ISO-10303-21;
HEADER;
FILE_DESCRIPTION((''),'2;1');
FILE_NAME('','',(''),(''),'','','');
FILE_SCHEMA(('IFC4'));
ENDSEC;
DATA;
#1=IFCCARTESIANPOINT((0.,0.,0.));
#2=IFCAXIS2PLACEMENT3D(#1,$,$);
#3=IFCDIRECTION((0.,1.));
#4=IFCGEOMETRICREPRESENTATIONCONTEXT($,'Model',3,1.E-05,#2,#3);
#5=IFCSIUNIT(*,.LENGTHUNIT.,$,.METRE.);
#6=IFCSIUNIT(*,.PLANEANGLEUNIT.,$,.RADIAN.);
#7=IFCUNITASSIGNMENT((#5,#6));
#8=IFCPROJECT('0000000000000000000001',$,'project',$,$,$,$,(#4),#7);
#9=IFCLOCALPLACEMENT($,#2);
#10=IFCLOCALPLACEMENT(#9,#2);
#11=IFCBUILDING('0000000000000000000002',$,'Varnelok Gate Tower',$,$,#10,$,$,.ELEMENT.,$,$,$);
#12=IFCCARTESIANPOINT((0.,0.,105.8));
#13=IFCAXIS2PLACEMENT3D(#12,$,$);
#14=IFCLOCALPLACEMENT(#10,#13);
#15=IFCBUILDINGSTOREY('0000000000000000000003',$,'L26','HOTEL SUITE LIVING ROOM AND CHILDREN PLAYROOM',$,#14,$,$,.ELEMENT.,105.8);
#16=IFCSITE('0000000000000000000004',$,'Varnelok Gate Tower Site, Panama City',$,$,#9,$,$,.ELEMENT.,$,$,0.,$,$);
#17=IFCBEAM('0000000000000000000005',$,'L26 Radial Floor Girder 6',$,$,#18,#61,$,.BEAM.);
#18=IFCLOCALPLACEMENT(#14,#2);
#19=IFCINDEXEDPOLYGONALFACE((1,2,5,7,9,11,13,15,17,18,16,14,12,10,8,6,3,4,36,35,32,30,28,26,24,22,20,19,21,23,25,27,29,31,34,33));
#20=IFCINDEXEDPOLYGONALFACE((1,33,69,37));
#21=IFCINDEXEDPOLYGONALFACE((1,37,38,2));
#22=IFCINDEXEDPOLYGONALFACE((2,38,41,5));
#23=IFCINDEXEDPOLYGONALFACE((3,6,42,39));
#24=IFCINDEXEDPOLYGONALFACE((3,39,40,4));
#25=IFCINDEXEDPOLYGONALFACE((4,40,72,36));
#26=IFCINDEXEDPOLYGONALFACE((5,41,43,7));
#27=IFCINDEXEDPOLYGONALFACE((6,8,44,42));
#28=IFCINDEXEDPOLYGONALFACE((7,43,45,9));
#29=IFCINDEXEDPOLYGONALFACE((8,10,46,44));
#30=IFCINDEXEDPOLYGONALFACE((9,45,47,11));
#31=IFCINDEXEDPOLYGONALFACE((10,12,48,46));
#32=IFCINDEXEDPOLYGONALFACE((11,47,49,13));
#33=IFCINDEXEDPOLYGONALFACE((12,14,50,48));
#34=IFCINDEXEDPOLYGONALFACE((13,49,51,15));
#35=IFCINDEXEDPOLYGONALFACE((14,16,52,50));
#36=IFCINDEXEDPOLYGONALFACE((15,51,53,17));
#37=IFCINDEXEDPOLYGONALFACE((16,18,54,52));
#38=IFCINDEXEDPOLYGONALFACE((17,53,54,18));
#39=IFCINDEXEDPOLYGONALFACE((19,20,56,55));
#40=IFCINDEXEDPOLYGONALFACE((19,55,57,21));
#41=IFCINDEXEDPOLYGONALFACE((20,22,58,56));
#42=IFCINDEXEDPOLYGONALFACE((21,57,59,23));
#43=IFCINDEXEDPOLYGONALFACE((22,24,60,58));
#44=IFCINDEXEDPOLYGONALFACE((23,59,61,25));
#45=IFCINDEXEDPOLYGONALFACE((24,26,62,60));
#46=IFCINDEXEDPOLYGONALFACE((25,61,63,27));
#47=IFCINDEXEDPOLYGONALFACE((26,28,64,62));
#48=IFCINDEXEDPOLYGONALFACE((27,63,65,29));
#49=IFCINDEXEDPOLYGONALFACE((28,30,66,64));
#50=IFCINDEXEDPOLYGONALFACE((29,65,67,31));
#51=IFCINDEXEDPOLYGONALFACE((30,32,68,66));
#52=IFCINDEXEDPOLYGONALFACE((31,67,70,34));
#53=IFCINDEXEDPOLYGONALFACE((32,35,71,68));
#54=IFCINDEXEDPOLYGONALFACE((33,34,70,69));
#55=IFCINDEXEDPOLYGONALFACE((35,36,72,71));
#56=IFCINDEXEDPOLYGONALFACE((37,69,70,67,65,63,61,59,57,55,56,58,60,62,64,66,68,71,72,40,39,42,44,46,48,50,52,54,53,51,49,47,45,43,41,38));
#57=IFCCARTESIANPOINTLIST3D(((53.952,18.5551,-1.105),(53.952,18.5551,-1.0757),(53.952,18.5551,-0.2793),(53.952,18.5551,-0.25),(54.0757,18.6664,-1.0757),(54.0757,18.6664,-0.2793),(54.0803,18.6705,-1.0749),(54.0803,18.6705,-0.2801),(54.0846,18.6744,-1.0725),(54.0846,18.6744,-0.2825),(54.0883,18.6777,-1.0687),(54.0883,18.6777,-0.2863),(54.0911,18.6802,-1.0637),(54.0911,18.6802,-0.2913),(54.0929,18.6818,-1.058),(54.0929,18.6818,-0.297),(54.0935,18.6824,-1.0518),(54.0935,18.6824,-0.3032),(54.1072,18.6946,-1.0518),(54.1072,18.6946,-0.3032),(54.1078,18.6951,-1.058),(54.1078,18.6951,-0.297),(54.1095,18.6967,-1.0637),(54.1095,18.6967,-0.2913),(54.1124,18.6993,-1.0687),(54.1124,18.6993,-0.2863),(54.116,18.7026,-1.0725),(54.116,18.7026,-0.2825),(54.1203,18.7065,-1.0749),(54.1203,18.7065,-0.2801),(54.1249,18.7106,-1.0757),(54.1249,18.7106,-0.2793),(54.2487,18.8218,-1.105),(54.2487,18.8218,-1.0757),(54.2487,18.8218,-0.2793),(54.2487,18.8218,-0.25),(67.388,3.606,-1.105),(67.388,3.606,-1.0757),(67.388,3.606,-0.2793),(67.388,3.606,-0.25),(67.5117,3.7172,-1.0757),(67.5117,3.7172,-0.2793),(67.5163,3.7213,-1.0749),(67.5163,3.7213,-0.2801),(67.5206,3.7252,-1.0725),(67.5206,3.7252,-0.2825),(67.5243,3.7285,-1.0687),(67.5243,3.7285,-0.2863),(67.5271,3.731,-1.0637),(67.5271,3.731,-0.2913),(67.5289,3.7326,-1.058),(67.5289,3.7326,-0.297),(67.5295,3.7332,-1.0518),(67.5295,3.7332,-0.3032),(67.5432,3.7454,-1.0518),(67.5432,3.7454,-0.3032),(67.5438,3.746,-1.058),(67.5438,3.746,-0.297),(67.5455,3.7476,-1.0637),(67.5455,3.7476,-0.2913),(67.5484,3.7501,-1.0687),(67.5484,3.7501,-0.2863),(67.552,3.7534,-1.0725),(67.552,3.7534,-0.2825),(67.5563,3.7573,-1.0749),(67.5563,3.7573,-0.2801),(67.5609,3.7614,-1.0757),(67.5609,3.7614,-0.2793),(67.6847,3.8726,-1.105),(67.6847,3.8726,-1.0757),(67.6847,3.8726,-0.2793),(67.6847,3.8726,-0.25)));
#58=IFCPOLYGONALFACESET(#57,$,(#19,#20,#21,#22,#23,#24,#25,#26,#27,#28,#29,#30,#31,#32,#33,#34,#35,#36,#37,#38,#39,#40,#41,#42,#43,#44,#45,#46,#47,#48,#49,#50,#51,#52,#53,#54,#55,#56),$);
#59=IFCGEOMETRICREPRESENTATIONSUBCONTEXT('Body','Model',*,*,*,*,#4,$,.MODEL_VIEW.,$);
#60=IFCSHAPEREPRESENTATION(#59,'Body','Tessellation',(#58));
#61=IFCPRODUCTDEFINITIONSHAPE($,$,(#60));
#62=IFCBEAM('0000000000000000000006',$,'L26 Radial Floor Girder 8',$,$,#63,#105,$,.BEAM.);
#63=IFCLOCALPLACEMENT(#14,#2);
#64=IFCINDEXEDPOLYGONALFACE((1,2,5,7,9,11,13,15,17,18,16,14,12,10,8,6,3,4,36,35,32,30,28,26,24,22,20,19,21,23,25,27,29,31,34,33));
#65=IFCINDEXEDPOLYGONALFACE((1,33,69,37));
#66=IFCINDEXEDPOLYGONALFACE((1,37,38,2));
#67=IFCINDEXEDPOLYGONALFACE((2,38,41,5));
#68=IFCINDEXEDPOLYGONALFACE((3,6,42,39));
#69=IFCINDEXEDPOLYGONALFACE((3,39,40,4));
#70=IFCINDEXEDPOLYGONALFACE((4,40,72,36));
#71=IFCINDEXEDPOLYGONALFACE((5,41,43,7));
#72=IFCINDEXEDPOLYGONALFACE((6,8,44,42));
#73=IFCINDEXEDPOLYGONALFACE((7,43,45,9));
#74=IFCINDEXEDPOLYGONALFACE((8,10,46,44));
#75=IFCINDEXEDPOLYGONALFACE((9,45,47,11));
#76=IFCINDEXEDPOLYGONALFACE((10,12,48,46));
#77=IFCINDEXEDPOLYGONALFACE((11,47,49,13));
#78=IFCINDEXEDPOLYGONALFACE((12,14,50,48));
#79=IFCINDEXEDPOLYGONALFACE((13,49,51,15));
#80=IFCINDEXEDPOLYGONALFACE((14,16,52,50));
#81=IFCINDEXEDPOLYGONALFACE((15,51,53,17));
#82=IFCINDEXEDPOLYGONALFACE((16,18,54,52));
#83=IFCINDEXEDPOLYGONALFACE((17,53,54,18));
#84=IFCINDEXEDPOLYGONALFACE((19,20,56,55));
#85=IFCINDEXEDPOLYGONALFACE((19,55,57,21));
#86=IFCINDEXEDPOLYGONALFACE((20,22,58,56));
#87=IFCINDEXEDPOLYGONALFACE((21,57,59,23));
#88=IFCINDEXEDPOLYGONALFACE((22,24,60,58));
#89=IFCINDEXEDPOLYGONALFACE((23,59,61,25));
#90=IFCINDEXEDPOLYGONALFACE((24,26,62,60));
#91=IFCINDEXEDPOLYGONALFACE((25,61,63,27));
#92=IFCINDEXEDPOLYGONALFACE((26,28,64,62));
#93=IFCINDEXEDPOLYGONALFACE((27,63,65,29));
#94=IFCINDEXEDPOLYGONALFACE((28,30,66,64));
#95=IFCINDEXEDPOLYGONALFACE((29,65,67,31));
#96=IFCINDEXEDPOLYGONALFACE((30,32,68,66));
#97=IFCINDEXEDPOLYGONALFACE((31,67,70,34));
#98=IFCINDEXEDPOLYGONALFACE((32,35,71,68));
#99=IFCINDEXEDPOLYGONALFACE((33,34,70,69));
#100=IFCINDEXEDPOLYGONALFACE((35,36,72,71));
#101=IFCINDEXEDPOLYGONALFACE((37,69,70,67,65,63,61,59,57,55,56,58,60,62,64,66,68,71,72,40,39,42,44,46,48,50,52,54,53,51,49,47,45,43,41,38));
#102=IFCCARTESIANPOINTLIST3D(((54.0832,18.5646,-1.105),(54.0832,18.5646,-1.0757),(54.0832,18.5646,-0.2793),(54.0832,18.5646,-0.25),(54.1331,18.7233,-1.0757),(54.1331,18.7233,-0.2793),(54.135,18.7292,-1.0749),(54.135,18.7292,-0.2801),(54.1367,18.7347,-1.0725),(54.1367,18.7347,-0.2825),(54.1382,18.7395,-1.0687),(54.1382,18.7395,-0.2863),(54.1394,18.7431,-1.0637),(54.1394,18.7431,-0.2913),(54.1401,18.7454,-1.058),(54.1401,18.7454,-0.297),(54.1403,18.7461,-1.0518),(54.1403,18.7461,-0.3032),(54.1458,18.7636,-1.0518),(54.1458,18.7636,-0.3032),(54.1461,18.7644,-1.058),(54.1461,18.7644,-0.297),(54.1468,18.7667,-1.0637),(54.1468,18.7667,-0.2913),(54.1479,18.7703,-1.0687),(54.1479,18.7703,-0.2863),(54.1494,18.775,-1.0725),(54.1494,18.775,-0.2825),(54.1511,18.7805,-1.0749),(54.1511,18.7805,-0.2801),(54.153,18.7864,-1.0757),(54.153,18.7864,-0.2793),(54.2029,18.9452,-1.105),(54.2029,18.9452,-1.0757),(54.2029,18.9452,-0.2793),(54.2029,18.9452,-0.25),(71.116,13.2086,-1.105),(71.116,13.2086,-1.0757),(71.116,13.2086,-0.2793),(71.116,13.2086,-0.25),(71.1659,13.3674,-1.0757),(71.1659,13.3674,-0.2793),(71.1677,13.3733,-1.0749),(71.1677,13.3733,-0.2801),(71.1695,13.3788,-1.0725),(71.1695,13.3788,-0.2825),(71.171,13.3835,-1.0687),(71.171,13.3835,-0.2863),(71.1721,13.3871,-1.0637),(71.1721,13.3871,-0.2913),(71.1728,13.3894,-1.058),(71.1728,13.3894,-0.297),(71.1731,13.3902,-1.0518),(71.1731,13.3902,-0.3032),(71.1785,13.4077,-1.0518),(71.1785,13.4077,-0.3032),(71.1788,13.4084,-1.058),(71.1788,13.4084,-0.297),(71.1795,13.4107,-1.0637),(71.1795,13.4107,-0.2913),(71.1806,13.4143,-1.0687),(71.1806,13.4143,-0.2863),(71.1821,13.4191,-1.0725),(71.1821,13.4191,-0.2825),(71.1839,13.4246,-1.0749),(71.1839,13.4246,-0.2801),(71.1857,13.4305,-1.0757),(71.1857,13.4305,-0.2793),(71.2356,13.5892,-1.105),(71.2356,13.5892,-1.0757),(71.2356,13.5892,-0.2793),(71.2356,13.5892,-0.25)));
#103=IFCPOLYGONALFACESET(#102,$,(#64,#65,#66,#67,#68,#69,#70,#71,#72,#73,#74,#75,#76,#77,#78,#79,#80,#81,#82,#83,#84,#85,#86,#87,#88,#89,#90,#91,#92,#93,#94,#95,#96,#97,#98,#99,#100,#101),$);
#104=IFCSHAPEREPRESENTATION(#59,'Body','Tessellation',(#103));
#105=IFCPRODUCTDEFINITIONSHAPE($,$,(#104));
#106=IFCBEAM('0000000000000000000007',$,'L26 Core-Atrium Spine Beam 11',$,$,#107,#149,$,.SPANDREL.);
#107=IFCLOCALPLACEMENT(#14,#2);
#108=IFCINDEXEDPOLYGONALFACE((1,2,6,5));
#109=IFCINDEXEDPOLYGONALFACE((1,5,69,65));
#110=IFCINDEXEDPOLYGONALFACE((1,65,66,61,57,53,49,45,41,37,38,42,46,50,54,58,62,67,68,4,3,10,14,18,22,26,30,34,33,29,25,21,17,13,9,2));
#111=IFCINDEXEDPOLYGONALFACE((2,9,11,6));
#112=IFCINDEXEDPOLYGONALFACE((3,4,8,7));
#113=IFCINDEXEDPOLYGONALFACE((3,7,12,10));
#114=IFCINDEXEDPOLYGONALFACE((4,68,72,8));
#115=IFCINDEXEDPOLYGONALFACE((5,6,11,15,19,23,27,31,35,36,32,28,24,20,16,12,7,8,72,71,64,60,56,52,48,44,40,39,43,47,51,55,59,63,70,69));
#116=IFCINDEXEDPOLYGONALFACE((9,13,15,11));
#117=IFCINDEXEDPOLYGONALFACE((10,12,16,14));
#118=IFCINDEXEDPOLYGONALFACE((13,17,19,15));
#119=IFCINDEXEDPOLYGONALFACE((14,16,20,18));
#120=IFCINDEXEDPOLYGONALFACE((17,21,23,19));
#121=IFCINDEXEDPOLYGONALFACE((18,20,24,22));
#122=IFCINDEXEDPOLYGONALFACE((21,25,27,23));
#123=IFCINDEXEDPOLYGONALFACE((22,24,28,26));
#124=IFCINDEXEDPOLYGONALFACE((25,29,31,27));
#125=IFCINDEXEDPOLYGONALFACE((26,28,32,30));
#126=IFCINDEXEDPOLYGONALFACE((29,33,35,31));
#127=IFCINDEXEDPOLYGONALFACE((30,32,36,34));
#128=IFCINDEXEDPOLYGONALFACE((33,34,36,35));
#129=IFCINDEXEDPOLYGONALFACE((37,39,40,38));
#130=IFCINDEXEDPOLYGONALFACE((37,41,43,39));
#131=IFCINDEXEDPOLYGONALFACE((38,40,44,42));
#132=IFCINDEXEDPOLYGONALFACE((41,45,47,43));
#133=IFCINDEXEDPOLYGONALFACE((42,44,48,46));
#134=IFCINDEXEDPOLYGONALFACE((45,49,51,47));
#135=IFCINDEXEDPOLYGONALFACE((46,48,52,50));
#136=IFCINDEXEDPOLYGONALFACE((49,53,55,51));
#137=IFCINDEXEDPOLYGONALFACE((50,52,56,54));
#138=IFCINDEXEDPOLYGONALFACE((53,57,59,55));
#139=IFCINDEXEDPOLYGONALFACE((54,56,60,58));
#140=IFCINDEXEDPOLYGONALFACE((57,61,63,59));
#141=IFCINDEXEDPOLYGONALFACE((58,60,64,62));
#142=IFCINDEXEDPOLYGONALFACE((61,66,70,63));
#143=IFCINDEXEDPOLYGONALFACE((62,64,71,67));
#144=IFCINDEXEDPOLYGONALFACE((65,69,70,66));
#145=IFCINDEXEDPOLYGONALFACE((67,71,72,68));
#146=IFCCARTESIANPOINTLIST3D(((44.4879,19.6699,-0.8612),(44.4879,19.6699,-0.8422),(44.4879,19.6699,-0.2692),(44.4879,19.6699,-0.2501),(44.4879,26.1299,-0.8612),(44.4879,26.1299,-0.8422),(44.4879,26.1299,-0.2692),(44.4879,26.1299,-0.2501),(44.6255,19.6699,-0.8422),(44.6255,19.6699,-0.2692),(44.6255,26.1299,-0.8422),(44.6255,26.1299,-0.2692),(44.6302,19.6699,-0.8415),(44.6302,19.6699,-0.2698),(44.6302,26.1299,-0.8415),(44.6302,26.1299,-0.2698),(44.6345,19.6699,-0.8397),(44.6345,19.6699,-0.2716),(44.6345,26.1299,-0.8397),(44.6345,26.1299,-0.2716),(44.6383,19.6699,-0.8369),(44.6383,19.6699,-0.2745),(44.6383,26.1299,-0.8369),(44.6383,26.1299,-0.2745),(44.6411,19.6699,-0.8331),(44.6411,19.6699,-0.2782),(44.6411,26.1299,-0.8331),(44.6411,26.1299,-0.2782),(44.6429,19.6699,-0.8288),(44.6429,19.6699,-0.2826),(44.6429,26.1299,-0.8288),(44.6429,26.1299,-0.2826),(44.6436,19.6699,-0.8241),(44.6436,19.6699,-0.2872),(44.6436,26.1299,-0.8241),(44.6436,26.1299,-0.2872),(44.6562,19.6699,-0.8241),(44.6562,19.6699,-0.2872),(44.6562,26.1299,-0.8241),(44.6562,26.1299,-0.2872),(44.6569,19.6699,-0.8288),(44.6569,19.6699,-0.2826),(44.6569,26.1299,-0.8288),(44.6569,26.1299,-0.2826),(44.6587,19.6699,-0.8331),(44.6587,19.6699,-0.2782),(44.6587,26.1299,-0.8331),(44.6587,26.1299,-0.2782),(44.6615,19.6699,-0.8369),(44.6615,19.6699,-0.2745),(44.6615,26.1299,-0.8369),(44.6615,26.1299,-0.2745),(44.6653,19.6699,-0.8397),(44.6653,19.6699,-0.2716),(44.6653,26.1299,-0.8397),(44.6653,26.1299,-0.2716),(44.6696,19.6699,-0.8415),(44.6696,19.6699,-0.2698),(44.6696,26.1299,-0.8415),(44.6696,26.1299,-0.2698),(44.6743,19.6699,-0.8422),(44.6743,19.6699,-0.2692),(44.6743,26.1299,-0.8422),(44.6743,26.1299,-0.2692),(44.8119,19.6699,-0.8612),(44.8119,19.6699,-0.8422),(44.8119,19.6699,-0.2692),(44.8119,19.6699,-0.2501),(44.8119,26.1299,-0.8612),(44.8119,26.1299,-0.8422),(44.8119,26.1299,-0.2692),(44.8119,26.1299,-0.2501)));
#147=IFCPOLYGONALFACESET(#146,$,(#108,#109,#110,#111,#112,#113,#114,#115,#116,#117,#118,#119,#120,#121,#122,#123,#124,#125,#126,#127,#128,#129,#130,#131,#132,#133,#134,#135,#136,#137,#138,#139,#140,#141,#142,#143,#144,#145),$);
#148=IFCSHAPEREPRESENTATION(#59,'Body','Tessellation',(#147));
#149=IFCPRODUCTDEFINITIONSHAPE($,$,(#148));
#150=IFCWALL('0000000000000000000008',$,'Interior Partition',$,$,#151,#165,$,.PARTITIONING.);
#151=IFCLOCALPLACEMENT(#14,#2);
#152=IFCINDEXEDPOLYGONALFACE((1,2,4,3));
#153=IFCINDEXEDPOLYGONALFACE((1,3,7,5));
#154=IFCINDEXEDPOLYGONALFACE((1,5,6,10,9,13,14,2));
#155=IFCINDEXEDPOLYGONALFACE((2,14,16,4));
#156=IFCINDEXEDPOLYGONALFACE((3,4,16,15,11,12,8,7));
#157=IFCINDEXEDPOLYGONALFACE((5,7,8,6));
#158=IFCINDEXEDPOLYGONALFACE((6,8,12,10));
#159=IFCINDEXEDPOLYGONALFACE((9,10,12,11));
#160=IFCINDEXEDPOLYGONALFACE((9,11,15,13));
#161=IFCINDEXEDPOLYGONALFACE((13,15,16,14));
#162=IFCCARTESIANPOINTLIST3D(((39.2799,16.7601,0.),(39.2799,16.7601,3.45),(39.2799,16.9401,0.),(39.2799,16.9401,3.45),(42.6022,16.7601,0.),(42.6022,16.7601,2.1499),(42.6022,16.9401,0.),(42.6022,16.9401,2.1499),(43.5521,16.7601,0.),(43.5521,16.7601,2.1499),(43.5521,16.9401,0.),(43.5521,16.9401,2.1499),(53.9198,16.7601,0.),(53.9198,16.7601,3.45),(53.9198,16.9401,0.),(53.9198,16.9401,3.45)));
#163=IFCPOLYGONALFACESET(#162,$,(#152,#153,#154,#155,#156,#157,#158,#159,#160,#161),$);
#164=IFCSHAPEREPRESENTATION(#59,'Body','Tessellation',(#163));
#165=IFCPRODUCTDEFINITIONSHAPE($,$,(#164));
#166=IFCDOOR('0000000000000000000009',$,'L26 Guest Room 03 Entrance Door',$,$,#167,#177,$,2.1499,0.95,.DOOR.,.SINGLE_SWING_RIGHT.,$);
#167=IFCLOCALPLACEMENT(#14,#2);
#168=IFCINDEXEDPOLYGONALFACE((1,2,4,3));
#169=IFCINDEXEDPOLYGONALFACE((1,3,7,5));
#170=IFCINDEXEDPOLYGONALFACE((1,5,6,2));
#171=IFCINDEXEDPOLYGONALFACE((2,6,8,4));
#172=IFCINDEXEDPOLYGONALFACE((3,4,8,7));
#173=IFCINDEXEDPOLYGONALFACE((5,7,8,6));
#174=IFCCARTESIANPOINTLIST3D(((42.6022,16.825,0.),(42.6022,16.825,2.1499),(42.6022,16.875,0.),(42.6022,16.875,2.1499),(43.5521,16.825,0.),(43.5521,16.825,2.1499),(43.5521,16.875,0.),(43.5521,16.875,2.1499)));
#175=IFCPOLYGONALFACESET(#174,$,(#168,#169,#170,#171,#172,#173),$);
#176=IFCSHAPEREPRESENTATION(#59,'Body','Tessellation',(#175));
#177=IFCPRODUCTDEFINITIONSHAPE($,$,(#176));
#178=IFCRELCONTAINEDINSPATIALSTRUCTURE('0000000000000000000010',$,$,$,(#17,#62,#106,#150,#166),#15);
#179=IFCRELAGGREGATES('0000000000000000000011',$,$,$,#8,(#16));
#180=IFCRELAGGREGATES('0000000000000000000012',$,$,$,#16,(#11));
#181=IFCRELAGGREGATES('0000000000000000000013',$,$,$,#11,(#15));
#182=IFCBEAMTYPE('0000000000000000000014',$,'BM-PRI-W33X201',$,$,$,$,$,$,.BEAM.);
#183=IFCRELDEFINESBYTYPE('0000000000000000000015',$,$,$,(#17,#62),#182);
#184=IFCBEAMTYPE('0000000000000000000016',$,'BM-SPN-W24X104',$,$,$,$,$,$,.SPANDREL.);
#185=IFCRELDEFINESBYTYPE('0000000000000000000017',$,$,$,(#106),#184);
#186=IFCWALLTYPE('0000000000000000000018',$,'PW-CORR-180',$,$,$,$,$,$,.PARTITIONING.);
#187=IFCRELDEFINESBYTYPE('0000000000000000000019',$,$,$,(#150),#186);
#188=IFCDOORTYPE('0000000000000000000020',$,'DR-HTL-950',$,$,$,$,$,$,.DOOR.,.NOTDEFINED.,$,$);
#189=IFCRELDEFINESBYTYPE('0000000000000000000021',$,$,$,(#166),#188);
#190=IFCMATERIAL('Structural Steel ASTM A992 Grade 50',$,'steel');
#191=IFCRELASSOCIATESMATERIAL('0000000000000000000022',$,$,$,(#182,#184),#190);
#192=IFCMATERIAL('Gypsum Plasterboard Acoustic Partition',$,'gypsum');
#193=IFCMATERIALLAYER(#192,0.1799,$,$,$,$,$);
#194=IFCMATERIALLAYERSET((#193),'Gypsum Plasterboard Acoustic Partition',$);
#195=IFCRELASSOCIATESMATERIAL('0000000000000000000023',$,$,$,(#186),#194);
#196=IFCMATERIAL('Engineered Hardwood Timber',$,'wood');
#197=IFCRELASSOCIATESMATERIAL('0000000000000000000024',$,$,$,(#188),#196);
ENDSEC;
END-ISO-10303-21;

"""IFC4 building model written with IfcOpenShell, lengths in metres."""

from ifc_helpers import new_model, si_unit, direction, frame, frame_2d, origin, origin_2d, place, context, subcontext, project, spatial, rectangle, i_section, extrude, material, layer, layer_set, material_profile, profile_set, type_object, element, fill, save


model = new_model("IFC4")

# Units and contexts
model_context = context("Model", 3, precision=1e-05, world=origin(), true_north=direction((0.0, 1.0)))
body_context = subcontext(model_context, "Body", "Model", "MODEL_VIEW")
ifc_project = project(units=[si_unit("LENGTHUNIT", "METRE"), si_unit("PLANEANGLEUNIT", "RADIAN")], contexts=[model_context])

# Site, building, storey
site_placement = place(None, origin())
site = spatial("IfcSite", under=ifc_project, at=site_placement, Name="Varnelok Gate Tower Site, Panama City", CompositionType="ELEMENT", RefElevation=0.0)
building_placement = place(site_placement, origin())
building = spatial("IfcBuilding", under=site, at=building_placement, Name="Varnelok Gate Tower", CompositionType="ELEMENT")
storey_placement = place(building_placement, frame((0.0, 0.0, 105.8)))
storey = spatial("IfcBuildingStorey", under=building, at=storey_placement, Name="L26", Description="HOTEL SUITE LIVING ROOM AND CHILDREN PLAYROOM", CompositionType="ELEMENT", Elevation=105.8)

# Shared definitions
ifc_material_1 = material(Name="Structural Steel ASTM A992 Grade 50", Category="steel")

# Beams
ifc_material_profile_1 = material_profile(ifc_material_1, i_section(OverallWidth=0.3989, OverallDepth=0.855, WebThickness=0.0183, FlangeThickness=0.0293, FilletRadius=0.0239, at=origin_2d()), Name="W33X201")
ifc_profile_set_1 = profile_set([ifc_material_profile_1], Name="Structural Steel ASTM A992 Grade 50")
beam_type_1 = type_object("IfcBeamType", Name="BM-PRI-W33X201", PredefinedType="BEAM", material=ifc_profile_set_1)
beam_1_placement = place(storey_placement, frame((54.1003, 18.6885, -0.6775), z_axis=(0.668463, -0.743746, 0.0), x_axis=(0.743746, 0.668463, 0.0)))
element("IfcBeam", 1, at=beam_1_placement, inside=storey, type_object=beam_type_1, Name="L26 Radial Floor Girder 6", PredefinedType="BEAM", context=body_context, shape_type="SweptSolid", body=[
    extrude(i_section(OverallWidth=0.3989, OverallDepth=0.855, WebThickness=0.0183, FlangeThickness=0.0293, FilletRadius=0.0239, at=origin_2d()), origin(), (0.0, 0.0, 1.0), 20.0999),
])
beam_2_placement = place(storey_placement, frame((54.1431, 18.7549, -0.6775), z_axis=(0.953949, -0.29997, 0.0), x_axis=(0.29997, 0.953949, 0.0)))
element("IfcBeam", 2, at=beam_2_placement, inside=storey, type_object=beam_type_1, Name="L26 Radial Floor Girder 8", PredefinedType="BEAM", context=body_context, shape_type="SweptSolid", body=[
    extrude(i_section(OverallWidth=0.3989, OverallDepth=0.855, WebThickness=0.0183, FlangeThickness=0.0293, FilletRadius=0.0239, at=origin_2d()), origin(), (0.0, 0.0, 1.0), 17.855),
])
ifc_material_profile_2 = material_profile(ifc_material_1, i_section(OverallWidth=0.324, OverallDepth=0.6111, WebThickness=0.0127, FlangeThickness=0.019, FilletRadius=0.0181, at=origin_2d()), Name="W24X104")
ifc_profile_set_2 = profile_set([ifc_material_profile_2], Name="Structural Steel ASTM A992 Grade 50")
beam_type_2 = type_object("IfcBeamType", Name="BM-SPN-W24X104", PredefinedType="SPANDREL", material=ifc_profile_set_2)
beam_3_placement = place(storey_placement, frame((44.6499, 19.6699, -0.5557), z_axis=(0.0, 1.0, 0.0), x_axis=(-1.0, 0.0, 0.0)))
element("IfcBeam", 3, at=beam_3_placement, inside=storey, type_object=beam_type_2, Name="L26 Core-Atrium Spine Beam 11", PredefinedType="SPANDREL", context=body_context, shape_type="SweptSolid", body=[
    extrude(i_section(OverallWidth=0.324, OverallDepth=0.6111, WebThickness=0.0127, FlangeThickness=0.019, FilletRadius=0.0181, at=origin_2d()), origin(), (0.0, 0.0, 1.0), 6.46),
])

# Wall, opening, door
ifc_material_2 = material(Name="Gypsum Plasterboard Acoustic Partition", Category="gypsum")
ifc_layer_1 = layer(ifc_material_2, 0.1799)
ifc_layer_set_1 = layer_set([ifc_layer_1], Name="Gypsum Plasterboard Acoustic Partition")
wall_type_1 = type_object("IfcWallType", Name="PW-CORR-180", PredefinedType="PARTITIONING", material=ifc_layer_set_1)
wall_1_placement = place(storey_placement, frame((39.28, 16.8501, 0.0), z_axis=(0.0, 0.0, 1.0), x_axis=(1.0, 0.0, 0.0)))
wall_1 = element("IfcWall", 4, at=wall_1_placement, inside=storey, type_object=wall_type_1, Name="Interior Partition", PredefinedType="PARTITIONING", context=body_context, shape_type="SweptSolid", body=[
    extrude(rectangle(XDim=14.6399, YDim=0.1799, at=frame_2d((7.3198, 0.0))), origin(), (0.0, 0.0, 1.0), 3.45),
])
opening_1_placement = place(wall_1_placement, frame((3.322, 0.0, 0.0)))
opening_1 = element("IfcOpeningElement", 5, at=opening_1_placement, cuts=wall_1, PredefinedType="OPENING", context=body_context, shape_type="SweptSolid", body=[
    extrude(rectangle(XDim=0.95, YDim=2.1499, at=frame_2d((0.4751, 1.075))), frame((0.0, 0.0999, 0.0), z_axis=(0.0, -1.0, 0.0), x_axis=(1.0, 0.0, 0.0)), (0.0, 0.0, 1.0), 0.2),
])
ifc_material_3 = material(Name="Engineered Hardwood Timber", Category="wood")
door_type_1 = type_object("IfcDoorType", Name="DR-HTL-950", OperationType="NOTDEFINED", PredefinedType="DOOR", material=ifc_material_3)
door_1_placement = place(opening_1_placement, origin())
door_1 = element("IfcDoor", 6, at=door_1_placement, inside=storey, type_object=door_type_1, Name="L26 Guest Room 03 Entrance Door", OperationType="SINGLE_SWING_RIGHT", OverallHeight=2.1499, OverallWidth=0.95, PredefinedType="DOOR", context=body_context, shape_type="SweptSolid", body=[
    extrude(rectangle(XDim=0.95, YDim=2.1499, at=frame_2d((0.4751, 1.075))), frame((0.0, 0.0249, 0.0), z_axis=(0.0, -1.0, 0.0), x_axis=(1.0, 0.0, 0.0)), (0.0, 0.0, 1.0), 0.05),
])
fill(opening_1, door_1)

save(model, "model.ifc")
